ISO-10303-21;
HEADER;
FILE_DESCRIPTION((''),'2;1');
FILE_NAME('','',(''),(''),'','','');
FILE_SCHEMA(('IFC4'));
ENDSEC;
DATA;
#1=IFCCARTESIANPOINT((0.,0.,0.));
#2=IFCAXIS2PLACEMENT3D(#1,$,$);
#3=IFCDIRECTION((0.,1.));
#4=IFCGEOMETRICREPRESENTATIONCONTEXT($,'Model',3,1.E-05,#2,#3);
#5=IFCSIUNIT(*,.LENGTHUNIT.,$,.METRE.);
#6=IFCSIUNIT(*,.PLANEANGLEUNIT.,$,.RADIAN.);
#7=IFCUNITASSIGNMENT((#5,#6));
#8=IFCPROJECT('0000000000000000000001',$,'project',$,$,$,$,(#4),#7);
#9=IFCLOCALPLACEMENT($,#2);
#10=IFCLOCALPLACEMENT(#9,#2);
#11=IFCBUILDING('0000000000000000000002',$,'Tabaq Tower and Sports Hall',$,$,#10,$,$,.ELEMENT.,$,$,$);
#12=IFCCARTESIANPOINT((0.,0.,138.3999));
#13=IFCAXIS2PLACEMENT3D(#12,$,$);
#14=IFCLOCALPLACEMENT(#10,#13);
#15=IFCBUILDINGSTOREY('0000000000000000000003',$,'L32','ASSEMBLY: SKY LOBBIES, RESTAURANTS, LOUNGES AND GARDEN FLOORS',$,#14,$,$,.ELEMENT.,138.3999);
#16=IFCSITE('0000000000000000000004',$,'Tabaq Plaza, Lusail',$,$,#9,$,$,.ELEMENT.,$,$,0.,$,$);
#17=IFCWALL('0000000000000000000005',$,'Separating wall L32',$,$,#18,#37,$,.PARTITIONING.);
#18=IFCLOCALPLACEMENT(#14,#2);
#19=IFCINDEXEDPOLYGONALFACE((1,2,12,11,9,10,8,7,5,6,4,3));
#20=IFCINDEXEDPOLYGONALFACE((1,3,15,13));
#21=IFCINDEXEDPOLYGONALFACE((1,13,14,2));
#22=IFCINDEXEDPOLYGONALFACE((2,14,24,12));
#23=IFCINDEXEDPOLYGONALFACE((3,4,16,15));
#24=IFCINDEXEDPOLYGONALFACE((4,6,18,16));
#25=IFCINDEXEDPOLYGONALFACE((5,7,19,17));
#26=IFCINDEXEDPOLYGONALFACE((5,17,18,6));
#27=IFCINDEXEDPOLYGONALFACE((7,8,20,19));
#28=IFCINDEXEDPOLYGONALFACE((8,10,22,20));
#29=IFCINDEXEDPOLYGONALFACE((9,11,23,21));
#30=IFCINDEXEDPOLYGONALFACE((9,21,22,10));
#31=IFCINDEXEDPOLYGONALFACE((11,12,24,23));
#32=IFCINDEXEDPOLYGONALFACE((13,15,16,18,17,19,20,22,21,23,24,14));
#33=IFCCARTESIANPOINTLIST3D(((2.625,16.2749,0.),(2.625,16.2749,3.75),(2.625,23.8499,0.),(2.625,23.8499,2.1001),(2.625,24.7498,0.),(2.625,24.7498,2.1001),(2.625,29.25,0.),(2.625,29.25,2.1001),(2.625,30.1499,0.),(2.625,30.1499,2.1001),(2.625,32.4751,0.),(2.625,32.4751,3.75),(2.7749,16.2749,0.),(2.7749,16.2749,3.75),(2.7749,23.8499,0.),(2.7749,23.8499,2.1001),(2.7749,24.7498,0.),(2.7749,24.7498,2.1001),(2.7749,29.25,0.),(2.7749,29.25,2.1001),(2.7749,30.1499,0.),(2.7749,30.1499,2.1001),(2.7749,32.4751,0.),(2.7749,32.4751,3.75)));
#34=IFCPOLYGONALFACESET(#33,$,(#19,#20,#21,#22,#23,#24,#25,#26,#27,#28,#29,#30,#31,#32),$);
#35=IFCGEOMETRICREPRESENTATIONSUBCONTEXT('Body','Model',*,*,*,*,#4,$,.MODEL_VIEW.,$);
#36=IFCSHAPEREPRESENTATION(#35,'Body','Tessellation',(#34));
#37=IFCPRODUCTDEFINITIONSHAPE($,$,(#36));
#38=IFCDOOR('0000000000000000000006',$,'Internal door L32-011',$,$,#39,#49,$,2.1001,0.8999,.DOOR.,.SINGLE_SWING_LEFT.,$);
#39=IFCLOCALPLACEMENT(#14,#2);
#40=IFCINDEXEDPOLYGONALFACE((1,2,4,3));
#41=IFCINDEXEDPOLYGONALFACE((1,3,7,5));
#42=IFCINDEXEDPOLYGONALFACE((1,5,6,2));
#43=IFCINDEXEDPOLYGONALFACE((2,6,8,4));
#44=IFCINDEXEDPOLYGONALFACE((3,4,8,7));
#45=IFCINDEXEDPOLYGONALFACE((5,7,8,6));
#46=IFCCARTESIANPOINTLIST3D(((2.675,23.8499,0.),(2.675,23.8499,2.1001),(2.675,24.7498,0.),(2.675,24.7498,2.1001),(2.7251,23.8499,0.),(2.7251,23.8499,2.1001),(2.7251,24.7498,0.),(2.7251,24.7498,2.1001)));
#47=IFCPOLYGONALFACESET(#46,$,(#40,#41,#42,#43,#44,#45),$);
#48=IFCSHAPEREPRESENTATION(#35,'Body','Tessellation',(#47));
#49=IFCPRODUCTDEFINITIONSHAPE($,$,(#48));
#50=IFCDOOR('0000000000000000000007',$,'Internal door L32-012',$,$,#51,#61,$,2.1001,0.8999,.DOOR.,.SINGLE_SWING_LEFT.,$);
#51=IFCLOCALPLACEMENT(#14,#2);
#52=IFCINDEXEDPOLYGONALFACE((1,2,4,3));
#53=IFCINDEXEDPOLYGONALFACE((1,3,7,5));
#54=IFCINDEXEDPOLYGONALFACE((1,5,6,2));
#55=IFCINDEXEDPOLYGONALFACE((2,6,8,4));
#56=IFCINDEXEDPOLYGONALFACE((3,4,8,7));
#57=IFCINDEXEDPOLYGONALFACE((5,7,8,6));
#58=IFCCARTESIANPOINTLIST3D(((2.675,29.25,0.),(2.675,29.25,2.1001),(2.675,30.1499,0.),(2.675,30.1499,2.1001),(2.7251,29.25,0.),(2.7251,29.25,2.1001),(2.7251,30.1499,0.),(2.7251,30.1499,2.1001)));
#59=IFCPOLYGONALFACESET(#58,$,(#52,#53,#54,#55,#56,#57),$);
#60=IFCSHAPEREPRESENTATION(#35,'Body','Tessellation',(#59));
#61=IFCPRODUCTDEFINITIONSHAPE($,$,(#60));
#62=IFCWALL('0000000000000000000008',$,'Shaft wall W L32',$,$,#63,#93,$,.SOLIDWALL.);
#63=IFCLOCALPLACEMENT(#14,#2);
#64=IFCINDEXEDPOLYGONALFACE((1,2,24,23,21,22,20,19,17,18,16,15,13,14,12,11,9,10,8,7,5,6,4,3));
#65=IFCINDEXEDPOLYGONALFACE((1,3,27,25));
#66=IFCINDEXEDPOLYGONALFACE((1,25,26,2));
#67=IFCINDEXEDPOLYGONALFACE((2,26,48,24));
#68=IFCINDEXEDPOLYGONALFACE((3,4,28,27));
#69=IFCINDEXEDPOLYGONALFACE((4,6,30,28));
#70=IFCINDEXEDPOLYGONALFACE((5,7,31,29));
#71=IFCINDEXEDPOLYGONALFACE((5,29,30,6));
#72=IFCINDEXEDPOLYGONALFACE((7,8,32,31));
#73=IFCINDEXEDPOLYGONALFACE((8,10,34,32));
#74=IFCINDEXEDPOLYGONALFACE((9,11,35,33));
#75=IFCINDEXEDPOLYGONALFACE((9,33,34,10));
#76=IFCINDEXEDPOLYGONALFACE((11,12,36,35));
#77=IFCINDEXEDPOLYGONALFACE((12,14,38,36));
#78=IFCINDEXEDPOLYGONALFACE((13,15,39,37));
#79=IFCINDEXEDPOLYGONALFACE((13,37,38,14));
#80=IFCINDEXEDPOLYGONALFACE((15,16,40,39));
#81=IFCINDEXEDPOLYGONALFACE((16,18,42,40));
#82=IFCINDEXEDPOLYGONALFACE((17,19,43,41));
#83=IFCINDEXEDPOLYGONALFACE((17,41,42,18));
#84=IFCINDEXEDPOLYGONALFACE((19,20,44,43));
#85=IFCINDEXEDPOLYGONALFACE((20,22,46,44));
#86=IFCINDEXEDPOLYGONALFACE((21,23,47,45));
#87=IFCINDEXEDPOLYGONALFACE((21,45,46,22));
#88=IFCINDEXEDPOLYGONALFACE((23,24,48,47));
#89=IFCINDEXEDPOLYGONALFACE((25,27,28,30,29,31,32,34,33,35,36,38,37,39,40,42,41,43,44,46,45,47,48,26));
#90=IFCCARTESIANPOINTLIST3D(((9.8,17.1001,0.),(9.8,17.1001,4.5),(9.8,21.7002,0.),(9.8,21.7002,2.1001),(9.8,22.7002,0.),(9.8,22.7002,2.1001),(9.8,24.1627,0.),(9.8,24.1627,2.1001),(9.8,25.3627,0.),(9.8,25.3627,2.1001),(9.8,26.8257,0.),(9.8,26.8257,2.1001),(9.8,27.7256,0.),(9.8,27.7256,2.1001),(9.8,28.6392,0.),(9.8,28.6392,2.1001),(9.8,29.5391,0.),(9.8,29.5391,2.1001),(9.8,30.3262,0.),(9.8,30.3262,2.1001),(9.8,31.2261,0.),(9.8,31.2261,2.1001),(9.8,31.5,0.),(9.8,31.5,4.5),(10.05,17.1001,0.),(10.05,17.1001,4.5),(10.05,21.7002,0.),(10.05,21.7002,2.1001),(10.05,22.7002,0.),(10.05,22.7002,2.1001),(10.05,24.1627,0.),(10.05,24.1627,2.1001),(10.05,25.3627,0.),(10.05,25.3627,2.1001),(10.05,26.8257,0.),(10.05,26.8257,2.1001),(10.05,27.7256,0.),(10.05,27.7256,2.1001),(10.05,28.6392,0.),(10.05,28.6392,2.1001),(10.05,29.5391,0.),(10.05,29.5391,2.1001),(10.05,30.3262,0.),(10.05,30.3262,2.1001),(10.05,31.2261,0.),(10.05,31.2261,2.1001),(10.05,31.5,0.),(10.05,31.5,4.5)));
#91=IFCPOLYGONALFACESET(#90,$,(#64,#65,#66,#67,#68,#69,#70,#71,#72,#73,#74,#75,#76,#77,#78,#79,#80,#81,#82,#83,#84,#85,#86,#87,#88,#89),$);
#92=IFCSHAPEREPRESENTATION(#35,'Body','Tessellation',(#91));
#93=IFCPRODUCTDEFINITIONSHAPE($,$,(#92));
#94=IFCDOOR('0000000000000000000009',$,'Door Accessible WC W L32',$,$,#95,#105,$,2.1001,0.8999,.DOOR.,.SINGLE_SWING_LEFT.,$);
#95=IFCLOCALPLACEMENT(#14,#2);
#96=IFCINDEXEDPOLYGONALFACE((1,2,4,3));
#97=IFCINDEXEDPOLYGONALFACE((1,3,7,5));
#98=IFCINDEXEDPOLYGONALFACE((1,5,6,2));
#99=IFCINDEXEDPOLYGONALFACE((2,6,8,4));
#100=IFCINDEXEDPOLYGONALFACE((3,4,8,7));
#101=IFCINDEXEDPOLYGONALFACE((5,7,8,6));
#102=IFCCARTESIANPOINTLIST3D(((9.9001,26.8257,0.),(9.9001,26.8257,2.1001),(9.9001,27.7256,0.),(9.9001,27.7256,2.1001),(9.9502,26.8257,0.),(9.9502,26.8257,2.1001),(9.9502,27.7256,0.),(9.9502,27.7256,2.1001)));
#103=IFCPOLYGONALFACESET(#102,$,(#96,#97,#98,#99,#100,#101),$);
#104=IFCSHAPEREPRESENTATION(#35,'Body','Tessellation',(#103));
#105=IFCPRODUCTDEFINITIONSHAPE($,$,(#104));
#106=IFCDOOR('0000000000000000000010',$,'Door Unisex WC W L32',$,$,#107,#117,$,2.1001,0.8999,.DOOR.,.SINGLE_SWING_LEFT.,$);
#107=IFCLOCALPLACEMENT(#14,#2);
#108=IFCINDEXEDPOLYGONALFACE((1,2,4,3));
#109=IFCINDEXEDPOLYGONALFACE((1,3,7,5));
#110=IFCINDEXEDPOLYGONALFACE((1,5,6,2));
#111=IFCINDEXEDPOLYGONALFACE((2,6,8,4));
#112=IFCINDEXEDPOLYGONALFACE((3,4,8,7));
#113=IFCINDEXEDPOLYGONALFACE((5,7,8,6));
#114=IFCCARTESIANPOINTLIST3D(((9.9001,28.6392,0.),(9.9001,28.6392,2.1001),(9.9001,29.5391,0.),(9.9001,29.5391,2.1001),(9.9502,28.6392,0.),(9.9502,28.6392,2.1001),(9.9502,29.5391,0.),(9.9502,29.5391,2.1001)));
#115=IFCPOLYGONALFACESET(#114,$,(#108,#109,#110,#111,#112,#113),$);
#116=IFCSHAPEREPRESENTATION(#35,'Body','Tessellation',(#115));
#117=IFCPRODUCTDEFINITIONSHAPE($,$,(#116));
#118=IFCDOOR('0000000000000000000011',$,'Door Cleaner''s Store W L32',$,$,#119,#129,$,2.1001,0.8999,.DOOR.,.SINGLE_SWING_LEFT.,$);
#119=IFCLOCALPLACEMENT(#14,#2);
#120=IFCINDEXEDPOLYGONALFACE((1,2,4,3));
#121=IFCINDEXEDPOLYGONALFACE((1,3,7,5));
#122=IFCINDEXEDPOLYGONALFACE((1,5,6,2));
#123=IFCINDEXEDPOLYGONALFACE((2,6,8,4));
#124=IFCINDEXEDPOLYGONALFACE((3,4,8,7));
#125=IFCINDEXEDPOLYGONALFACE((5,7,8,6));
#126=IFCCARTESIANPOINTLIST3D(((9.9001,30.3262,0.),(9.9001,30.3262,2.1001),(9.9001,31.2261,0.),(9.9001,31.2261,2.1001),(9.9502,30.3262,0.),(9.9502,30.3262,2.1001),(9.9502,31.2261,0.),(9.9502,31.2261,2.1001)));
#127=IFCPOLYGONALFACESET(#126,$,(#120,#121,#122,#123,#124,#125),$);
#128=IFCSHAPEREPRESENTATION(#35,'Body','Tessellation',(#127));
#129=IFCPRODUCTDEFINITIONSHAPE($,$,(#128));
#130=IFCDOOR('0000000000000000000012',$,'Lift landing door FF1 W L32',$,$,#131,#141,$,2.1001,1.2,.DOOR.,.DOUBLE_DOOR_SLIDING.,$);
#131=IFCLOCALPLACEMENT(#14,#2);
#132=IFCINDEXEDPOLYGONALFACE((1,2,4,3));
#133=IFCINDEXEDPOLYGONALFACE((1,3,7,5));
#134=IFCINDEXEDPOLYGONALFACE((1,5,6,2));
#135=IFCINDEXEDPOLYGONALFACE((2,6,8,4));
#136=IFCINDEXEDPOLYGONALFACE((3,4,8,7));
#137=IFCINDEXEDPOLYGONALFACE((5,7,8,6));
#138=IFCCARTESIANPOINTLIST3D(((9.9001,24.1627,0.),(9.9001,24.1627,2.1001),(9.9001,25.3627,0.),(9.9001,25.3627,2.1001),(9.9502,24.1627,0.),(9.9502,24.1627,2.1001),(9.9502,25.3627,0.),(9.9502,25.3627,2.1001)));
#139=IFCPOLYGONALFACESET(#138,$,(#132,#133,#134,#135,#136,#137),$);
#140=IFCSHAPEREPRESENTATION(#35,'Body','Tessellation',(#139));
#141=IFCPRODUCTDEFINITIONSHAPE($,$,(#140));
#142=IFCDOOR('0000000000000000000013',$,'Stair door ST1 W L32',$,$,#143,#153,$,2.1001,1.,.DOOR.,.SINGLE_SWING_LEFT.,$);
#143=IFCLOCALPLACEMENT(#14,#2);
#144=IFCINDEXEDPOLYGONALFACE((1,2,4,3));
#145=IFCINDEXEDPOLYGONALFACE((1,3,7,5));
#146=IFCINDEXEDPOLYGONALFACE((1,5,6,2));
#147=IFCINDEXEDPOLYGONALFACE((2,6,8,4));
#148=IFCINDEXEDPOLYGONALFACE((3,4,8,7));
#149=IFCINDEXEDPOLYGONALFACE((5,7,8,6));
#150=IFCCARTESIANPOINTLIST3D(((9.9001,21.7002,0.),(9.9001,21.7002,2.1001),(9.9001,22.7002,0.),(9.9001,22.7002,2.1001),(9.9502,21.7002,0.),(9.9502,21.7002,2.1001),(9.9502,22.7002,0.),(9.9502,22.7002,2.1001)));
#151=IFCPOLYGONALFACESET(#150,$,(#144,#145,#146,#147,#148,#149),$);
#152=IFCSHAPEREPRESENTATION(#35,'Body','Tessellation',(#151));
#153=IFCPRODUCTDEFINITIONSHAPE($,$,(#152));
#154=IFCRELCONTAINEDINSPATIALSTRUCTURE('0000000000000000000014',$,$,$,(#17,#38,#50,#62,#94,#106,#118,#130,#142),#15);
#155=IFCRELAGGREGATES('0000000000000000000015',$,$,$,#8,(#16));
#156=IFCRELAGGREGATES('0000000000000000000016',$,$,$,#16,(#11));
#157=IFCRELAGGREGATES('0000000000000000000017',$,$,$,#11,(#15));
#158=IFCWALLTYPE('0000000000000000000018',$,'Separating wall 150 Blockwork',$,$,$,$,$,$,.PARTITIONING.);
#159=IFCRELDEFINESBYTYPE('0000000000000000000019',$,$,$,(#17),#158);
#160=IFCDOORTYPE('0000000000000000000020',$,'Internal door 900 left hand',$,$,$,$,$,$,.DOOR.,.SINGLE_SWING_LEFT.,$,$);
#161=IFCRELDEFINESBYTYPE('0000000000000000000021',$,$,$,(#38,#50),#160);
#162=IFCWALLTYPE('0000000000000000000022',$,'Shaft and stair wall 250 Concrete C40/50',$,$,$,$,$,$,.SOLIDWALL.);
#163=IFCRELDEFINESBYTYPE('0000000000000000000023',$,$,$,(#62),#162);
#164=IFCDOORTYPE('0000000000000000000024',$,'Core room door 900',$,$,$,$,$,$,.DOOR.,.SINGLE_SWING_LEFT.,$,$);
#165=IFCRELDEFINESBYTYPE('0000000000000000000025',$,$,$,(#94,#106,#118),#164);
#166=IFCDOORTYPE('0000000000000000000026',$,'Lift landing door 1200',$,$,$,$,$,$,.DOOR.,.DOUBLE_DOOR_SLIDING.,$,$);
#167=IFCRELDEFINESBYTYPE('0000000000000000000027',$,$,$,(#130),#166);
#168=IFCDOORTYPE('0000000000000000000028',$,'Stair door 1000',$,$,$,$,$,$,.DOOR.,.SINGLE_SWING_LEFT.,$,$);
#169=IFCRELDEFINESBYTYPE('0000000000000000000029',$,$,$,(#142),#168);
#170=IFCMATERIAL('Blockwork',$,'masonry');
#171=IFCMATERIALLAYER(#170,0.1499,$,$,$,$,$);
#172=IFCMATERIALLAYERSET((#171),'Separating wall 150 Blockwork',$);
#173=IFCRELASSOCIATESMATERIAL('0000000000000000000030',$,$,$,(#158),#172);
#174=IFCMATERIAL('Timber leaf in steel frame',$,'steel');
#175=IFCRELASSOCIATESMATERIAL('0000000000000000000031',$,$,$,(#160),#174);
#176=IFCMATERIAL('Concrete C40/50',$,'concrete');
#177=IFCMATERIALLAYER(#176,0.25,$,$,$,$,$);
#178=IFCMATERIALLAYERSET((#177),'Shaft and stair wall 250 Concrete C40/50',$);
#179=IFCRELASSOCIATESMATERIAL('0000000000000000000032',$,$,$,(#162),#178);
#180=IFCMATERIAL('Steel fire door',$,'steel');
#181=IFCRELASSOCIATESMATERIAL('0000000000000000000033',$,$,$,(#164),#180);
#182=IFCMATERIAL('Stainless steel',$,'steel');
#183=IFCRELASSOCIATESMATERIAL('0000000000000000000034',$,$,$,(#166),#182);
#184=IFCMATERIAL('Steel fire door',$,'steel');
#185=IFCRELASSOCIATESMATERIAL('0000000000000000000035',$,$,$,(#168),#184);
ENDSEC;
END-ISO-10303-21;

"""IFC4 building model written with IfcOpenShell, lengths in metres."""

from ifc_helpers import new_model, si_unit, direction, frame, frame_2d, origin, place, context, subcontext, project, spatial, rectangle, extrude, material, layer, layer_set, type_object, element, fill, save


model = new_model("IFC4")

# Units and contexts
model_context = context("Model", 3, precision=1e-05, world=origin(), true_north=direction((0.0, 1.0)))
body_context = subcontext(model_context, "Body", "Model", "MODEL_VIEW")
ifc_project = project(units=[si_unit("LENGTHUNIT", "METRE"), si_unit("PLANEANGLEUNIT", "RADIAN")], contexts=[model_context])

# Site, building, storey
site_placement = place(None, origin())
site = spatial("IfcSite", under=ifc_project, at=site_placement, Name="Tabaq Plaza, Lusail", CompositionType="ELEMENT", RefElevation=0.0)
building_placement = place(site_placement, origin())
building = spatial("IfcBuilding", under=site, at=building_placement, Name="Tabaq Tower and Sports Hall", CompositionType="ELEMENT")
storey_placement = place(building_placement, frame((0.0, 0.0, 138.3999)))
storey = spatial("IfcBuildingStorey", under=building, at=storey_placement, Name="L32", Description="ASSEMBLY: SKY LOBBIES, RESTAURANTS, LOUNGES AND GARDEN FLOORS", CompositionType="ELEMENT", Elevation=138.3999)

# Shared definitions
ifc_material_1 = material(Name="Blockwork", Category="masonry")
ifc_layer_1 = layer(ifc_material_1, 0.1499)
ifc_layer_set_1 = layer_set([ifc_layer_1], Name="Separating wall 150 Blockwork")
wall_type_1 = type_object("IfcWallType", Name="Separating wall 150 Blockwork", PredefinedType="PARTITIONING", material=ifc_layer_set_1)
ifc_material_2 = material(Name="Timber leaf in steel frame", Category="steel")
door_type_1 = type_object("IfcDoorType", Name="Internal door 900 left hand", OperationType="SINGLE_SWING_LEFT", PredefinedType="DOOR", material=ifc_material_2)

# Walls, openings, doors
wall_1_placement = place(storey_placement, frame((2.7, 16.2749, 0.0), z_axis=(0.0, 0.0, 1.0), x_axis=(0.0, 1.0, 0.0)))
wall_1 = element("IfcWall", 1, at=wall_1_placement, inside=storey, type_object=wall_type_1, Name="Separating wall L32", PredefinedType="PARTITIONING", context=body_context, shape_type="SweptSolid", body=[
    extrude(rectangle(XDim=16.2002, YDim=0.1499, at=frame_2d((8.1001, 0.0))), origin(), (0.0, 0.0, 1.0), 3.75),
])
opening_1_placement = place(wall_1_placement, frame((7.575, 0.0, 0.0)))
opening_1 = element("IfcOpeningElement", 2, at=opening_1_placement, cuts=wall_1, PredefinedType="OPENING", context=body_context, shape_type="SweptSolid", body=[
    extrude(rectangle(XDim=0.8999, YDim=2.1001, at=frame_2d((0.45, 1.05))), frame((0.0, 0.075, 0.0), z_axis=(0.0, -1.0, 0.0), x_axis=(1.0, 0.0, 0.0)), (0.0, 0.0, 1.0), 0.1499),
])
opening_2_placement = place(wall_1_placement, frame((12.9751, 0.0, 0.0)))
opening_2 = element("IfcOpeningElement", 3, at=opening_2_placement, cuts=wall_1, PredefinedType="OPENING", context=body_context, shape_type="SweptSolid", body=[
    extrude(rectangle(XDim=0.8999, YDim=2.1001, at=frame_2d((0.45, 1.05))), frame((0.0, 0.075, 0.0), z_axis=(0.0, -1.0, 0.0), x_axis=(1.0, 0.0, 0.0)), (0.0, 0.0, 1.0), 0.1499),
])
door_1_placement = place(opening_1_placement, origin())
door_1 = element("IfcDoor", 4, at=door_1_placement, inside=storey, type_object=door_type_1, Name="Internal door L32-011", OperationType="SINGLE_SWING_LEFT", OverallHeight=2.1001, OverallWidth=0.8999, PredefinedType="DOOR", context=body_context, shape_type="SweptSolid", body=[
    extrude(rectangle(XDim=0.8999, YDim=2.1001, at=frame_2d((0.45, 1.05))), frame((0.0, 0.0249, 0.0), z_axis=(0.0, -1.0, 0.0), x_axis=(1.0, 0.0, 0.0)), (0.0, 0.0, 1.0), 0.05),
])
fill(opening_1, door_1)
door_2_placement = place(opening_2_placement, origin())
door_2 = element("IfcDoor", 5, at=door_2_placement, inside=storey, type_object=door_type_1, Name="Internal door L32-012", OperationType="SINGLE_SWING_LEFT", OverallHeight=2.1001, OverallWidth=0.8999, PredefinedType="DOOR", context=body_context, shape_type="SweptSolid", body=[
    extrude(rectangle(XDim=0.8999, YDim=2.1001, at=frame_2d((0.45, 1.05))), frame((0.0, 0.0249, 0.0), z_axis=(0.0, -1.0, 0.0), x_axis=(1.0, 0.0, 0.0)), (0.0, 0.0, 1.0), 0.05),
])
fill(opening_2, door_2)
ifc_material_3 = material(Name="Concrete C40/50", Category="concrete")
ifc_layer_2 = layer(ifc_material_3, 0.25)
ifc_layer_set_2 = layer_set([ifc_layer_2], Name="Shaft and stair wall 250 Concrete C40/50")
wall_type_2 = type_object("IfcWallType", Name="Shaft and stair wall 250 Concrete C40/50", PredefinedType="SOLIDWALL", material=ifc_layer_set_2)
wall_2_placement = place(storey_placement, frame((9.925, 17.1001, 0.0), z_axis=(0.0, 0.0, 1.0), x_axis=(0.0, 1.0, 0.0)))
wall_2 = element("IfcWall", 6, at=wall_2_placement, inside=storey, type_object=wall_type_2, Name="Shaft wall W L32", PredefinedType="SOLIDWALL", context=body_context, shape_type="SweptSolid", body=[
    extrude(rectangle(XDim=14.3999, YDim=0.25, at=frame_2d((7.2, 0.0))), origin(), (0.0, 0.0, 1.0), 4.5),
])
opening_3_placement = place(wall_2_placement, frame((4.6001, 0.0, 0.0)))
opening_3 = element("IfcOpeningElement", 7, at=opening_3_placement, cuts=wall_2, PredefinedType="OPENING", context=body_context, shape_type="SweptSolid", body=[
    extrude(rectangle(XDim=1.0, YDim=2.1001, at=frame_2d((0.5, 1.05))), frame((0.0, 0.125, 0.0), z_axis=(0.0, -1.0, 0.0), x_axis=(1.0, 0.0, 0.0)), (0.0, 0.0, 1.0), 0.25),
])
opening_4_placement = place(wall_2_placement, frame((7.0625, 0.0, 0.0)))
opening_4 = element("IfcOpeningElement", 8, at=opening_4_placement, cuts=wall_2, PredefinedType="OPENING", context=body_context, shape_type="SweptSolid", body=[
    extrude(rectangle(XDim=1.2, YDim=2.1001, at=frame_2d((0.6001, 1.05))), frame((0.0, 0.125, 0.0), z_axis=(0.0, -1.0, 0.0), x_axis=(1.0, 0.0, 0.0)), (0.0, 0.0, 1.0), 0.25),
])
opening_5_placement = place(wall_2_placement, frame((9.7256, 0.0, 0.0)))
opening_5 = element("IfcOpeningElement", 9, at=opening_5_placement, cuts=wall_2, PredefinedType="OPENING", context=body_context, shape_type="SweptSolid", body=[
    extrude(rectangle(XDim=0.8999, YDim=2.1001, at=frame_2d((0.45, 1.05))), frame((0.0, 0.125, 0.0), z_axis=(0.0, -1.0, 0.0), x_axis=(1.0, 0.0, 0.0)), (0.0, 0.0, 1.0), 0.25),
])
opening_6_placement = place(wall_2_placement, frame((11.5391, 0.0, 0.0)))
opening_6 = element("IfcOpeningElement", 10, at=opening_6_placement, cuts=wall_2, PredefinedType="OPENING", context=body_context, shape_type="SweptSolid", body=[
    extrude(rectangle(XDim=0.8999, YDim=2.1001, at=frame_2d((0.45, 1.05))), frame((0.0, 0.125, 0.0), z_axis=(0.0, -1.0, 0.0), x_axis=(1.0, 0.0, 0.0)), (0.0, 0.0, 1.0), 0.25),
])
opening_7_placement = place(wall_2_placement, frame((13.2261, 0.0, 0.0)))
opening_7 = element("IfcOpeningElement", 11, at=opening_7_placement, cuts=wall_2, PredefinedType="OPENING", context=body_context, shape_type="SweptSolid", body=[
    extrude(rectangle(XDim=0.8999, YDim=2.1001, at=frame_2d((0.45, 1.05))), frame((0.0, 0.125, 0.0), z_axis=(0.0, -1.0, 0.0), x_axis=(1.0, 0.0, 0.0)), (0.0, 0.0, 1.0), 0.25),
])
ifc_material_4 = material(Name="Steel fire door", Category="steel")
door_type_2 = type_object("IfcDoorType", Name="Core room door 900", OperationType="SINGLE_SWING_LEFT", PredefinedType="DOOR", material=ifc_material_4)
door_3_placement = place(opening_5_placement, origin())
door_3 = element("IfcDoor", 12, at=door_3_placement, inside=storey, type_object=door_type_2, Name="Door Accessible WC W L32", OperationType="SINGLE_SWING_LEFT", OverallHeight=2.1001, OverallWidth=0.8999, PredefinedType="DOOR", context=body_context, shape_type="SweptSolid", body=[
    extrude(rectangle(XDim=0.8999, YDim=2.1001, at=frame_2d((0.45, 1.05))), frame((0.0, 0.0249, 0.0), z_axis=(0.0, -1.0, 0.0), x_axis=(1.0, 0.0, 0.0)), (0.0, 0.0, 1.0), 0.05),
])
fill(opening_5, door_3)
door_4_placement = place(opening_6_placement, origin())
door_4 = element("IfcDoor", 13, at=door_4_placement, inside=storey, type_object=door_type_2, Name="Door Unisex WC W L32", OperationType="SINGLE_SWING_LEFT", OverallHeight=2.1001, OverallWidth=0.8999, PredefinedType="DOOR", context=body_context, shape_type="SweptSolid", body=[
    extrude(rectangle(XDim=0.8999, YDim=2.1001, at=frame_2d((0.45, 1.05))), frame((0.0, 0.0249, 0.0), z_axis=(0.0, -1.0, 0.0), x_axis=(1.0, 0.0, 0.0)), (0.0, 0.0, 1.0), 0.05),
])
fill(opening_6, door_4)
door_5_placement = place(opening_7_placement, origin())
door_5 = element("IfcDoor", 14, at=door_5_placement, inside=storey, type_object=door_type_2, Name="Door Cleaner's Store W L32", OperationType="SINGLE_SWING_LEFT", OverallHeight=2.1001, OverallWidth=0.8999, PredefinedType="DOOR", context=body_context, shape_type="SweptSolid", body=[
    extrude(rectangle(XDim=0.8999, YDim=2.1001, at=frame_2d((0.45, 1.05))), frame((0.0, 0.0249, 0.0), z_axis=(0.0, -1.0, 0.0), x_axis=(1.0, 0.0, 0.0)), (0.0, 0.0, 1.0), 0.05),
])
fill(opening_7, door_5)
ifc_material_5 = material(Name="Stainless steel", Category="steel")
door_type_3 = type_object("IfcDoorType", Name="Lift landing door 1200", OperationType="DOUBLE_DOOR_SLIDING", PredefinedType="DOOR", material=ifc_material_5)
door_6_placement = place(opening_4_placement, origin())
door_6 = element("IfcDoor", 15, at=door_6_placement, inside=storey, type_object=door_type_3, Name="Lift landing door FF1 W L32", OperationType="DOUBLE_DOOR_SLIDING", OverallHeight=2.1001, OverallWidth=1.2, PredefinedType="DOOR", context=body_context, shape_type="SweptSolid", body=[
    extrude(rectangle(XDim=1.2, YDim=2.1001, at=frame_2d((0.6001, 1.05))), frame((0.0, 0.0249, 0.0), z_axis=(0.0, -1.0, 0.0), x_axis=(1.0, 0.0, 0.0)), (0.0, 0.0, 1.0), 0.05),
])
fill(opening_4, door_6)
ifc_material_6 = material(Name="Steel fire door", Category="steel")
door_type_4 = type_object("IfcDoorType", Name="Stair door 1000", OperationType="SINGLE_SWING_LEFT", PredefinedType="DOOR", material=ifc_material_6)
door_7_placement = place(opening_3_placement, origin())
door_7 = element("IfcDoor", 16, at=door_7_placement, inside=storey, type_object=door_type_4, Name="Stair door ST1 W L32", OperationType="SINGLE_SWING_LEFT", OverallHeight=2.1001, OverallWidth=1.0, PredefinedType="DOOR", context=body_context, shape_type="SweptSolid", body=[
    extrude(rectangle(XDim=1.0, YDim=2.1001, at=frame_2d((0.5, 1.05))), frame((0.0, 0.0249, 0.0), z_axis=(0.0, -1.0, 0.0), x_axis=(1.0, 0.0, 0.0)), (0.0, 0.0, 1.0), 0.05),
])
fill(opening_3, door_7)

save(model, "model.ifc")
